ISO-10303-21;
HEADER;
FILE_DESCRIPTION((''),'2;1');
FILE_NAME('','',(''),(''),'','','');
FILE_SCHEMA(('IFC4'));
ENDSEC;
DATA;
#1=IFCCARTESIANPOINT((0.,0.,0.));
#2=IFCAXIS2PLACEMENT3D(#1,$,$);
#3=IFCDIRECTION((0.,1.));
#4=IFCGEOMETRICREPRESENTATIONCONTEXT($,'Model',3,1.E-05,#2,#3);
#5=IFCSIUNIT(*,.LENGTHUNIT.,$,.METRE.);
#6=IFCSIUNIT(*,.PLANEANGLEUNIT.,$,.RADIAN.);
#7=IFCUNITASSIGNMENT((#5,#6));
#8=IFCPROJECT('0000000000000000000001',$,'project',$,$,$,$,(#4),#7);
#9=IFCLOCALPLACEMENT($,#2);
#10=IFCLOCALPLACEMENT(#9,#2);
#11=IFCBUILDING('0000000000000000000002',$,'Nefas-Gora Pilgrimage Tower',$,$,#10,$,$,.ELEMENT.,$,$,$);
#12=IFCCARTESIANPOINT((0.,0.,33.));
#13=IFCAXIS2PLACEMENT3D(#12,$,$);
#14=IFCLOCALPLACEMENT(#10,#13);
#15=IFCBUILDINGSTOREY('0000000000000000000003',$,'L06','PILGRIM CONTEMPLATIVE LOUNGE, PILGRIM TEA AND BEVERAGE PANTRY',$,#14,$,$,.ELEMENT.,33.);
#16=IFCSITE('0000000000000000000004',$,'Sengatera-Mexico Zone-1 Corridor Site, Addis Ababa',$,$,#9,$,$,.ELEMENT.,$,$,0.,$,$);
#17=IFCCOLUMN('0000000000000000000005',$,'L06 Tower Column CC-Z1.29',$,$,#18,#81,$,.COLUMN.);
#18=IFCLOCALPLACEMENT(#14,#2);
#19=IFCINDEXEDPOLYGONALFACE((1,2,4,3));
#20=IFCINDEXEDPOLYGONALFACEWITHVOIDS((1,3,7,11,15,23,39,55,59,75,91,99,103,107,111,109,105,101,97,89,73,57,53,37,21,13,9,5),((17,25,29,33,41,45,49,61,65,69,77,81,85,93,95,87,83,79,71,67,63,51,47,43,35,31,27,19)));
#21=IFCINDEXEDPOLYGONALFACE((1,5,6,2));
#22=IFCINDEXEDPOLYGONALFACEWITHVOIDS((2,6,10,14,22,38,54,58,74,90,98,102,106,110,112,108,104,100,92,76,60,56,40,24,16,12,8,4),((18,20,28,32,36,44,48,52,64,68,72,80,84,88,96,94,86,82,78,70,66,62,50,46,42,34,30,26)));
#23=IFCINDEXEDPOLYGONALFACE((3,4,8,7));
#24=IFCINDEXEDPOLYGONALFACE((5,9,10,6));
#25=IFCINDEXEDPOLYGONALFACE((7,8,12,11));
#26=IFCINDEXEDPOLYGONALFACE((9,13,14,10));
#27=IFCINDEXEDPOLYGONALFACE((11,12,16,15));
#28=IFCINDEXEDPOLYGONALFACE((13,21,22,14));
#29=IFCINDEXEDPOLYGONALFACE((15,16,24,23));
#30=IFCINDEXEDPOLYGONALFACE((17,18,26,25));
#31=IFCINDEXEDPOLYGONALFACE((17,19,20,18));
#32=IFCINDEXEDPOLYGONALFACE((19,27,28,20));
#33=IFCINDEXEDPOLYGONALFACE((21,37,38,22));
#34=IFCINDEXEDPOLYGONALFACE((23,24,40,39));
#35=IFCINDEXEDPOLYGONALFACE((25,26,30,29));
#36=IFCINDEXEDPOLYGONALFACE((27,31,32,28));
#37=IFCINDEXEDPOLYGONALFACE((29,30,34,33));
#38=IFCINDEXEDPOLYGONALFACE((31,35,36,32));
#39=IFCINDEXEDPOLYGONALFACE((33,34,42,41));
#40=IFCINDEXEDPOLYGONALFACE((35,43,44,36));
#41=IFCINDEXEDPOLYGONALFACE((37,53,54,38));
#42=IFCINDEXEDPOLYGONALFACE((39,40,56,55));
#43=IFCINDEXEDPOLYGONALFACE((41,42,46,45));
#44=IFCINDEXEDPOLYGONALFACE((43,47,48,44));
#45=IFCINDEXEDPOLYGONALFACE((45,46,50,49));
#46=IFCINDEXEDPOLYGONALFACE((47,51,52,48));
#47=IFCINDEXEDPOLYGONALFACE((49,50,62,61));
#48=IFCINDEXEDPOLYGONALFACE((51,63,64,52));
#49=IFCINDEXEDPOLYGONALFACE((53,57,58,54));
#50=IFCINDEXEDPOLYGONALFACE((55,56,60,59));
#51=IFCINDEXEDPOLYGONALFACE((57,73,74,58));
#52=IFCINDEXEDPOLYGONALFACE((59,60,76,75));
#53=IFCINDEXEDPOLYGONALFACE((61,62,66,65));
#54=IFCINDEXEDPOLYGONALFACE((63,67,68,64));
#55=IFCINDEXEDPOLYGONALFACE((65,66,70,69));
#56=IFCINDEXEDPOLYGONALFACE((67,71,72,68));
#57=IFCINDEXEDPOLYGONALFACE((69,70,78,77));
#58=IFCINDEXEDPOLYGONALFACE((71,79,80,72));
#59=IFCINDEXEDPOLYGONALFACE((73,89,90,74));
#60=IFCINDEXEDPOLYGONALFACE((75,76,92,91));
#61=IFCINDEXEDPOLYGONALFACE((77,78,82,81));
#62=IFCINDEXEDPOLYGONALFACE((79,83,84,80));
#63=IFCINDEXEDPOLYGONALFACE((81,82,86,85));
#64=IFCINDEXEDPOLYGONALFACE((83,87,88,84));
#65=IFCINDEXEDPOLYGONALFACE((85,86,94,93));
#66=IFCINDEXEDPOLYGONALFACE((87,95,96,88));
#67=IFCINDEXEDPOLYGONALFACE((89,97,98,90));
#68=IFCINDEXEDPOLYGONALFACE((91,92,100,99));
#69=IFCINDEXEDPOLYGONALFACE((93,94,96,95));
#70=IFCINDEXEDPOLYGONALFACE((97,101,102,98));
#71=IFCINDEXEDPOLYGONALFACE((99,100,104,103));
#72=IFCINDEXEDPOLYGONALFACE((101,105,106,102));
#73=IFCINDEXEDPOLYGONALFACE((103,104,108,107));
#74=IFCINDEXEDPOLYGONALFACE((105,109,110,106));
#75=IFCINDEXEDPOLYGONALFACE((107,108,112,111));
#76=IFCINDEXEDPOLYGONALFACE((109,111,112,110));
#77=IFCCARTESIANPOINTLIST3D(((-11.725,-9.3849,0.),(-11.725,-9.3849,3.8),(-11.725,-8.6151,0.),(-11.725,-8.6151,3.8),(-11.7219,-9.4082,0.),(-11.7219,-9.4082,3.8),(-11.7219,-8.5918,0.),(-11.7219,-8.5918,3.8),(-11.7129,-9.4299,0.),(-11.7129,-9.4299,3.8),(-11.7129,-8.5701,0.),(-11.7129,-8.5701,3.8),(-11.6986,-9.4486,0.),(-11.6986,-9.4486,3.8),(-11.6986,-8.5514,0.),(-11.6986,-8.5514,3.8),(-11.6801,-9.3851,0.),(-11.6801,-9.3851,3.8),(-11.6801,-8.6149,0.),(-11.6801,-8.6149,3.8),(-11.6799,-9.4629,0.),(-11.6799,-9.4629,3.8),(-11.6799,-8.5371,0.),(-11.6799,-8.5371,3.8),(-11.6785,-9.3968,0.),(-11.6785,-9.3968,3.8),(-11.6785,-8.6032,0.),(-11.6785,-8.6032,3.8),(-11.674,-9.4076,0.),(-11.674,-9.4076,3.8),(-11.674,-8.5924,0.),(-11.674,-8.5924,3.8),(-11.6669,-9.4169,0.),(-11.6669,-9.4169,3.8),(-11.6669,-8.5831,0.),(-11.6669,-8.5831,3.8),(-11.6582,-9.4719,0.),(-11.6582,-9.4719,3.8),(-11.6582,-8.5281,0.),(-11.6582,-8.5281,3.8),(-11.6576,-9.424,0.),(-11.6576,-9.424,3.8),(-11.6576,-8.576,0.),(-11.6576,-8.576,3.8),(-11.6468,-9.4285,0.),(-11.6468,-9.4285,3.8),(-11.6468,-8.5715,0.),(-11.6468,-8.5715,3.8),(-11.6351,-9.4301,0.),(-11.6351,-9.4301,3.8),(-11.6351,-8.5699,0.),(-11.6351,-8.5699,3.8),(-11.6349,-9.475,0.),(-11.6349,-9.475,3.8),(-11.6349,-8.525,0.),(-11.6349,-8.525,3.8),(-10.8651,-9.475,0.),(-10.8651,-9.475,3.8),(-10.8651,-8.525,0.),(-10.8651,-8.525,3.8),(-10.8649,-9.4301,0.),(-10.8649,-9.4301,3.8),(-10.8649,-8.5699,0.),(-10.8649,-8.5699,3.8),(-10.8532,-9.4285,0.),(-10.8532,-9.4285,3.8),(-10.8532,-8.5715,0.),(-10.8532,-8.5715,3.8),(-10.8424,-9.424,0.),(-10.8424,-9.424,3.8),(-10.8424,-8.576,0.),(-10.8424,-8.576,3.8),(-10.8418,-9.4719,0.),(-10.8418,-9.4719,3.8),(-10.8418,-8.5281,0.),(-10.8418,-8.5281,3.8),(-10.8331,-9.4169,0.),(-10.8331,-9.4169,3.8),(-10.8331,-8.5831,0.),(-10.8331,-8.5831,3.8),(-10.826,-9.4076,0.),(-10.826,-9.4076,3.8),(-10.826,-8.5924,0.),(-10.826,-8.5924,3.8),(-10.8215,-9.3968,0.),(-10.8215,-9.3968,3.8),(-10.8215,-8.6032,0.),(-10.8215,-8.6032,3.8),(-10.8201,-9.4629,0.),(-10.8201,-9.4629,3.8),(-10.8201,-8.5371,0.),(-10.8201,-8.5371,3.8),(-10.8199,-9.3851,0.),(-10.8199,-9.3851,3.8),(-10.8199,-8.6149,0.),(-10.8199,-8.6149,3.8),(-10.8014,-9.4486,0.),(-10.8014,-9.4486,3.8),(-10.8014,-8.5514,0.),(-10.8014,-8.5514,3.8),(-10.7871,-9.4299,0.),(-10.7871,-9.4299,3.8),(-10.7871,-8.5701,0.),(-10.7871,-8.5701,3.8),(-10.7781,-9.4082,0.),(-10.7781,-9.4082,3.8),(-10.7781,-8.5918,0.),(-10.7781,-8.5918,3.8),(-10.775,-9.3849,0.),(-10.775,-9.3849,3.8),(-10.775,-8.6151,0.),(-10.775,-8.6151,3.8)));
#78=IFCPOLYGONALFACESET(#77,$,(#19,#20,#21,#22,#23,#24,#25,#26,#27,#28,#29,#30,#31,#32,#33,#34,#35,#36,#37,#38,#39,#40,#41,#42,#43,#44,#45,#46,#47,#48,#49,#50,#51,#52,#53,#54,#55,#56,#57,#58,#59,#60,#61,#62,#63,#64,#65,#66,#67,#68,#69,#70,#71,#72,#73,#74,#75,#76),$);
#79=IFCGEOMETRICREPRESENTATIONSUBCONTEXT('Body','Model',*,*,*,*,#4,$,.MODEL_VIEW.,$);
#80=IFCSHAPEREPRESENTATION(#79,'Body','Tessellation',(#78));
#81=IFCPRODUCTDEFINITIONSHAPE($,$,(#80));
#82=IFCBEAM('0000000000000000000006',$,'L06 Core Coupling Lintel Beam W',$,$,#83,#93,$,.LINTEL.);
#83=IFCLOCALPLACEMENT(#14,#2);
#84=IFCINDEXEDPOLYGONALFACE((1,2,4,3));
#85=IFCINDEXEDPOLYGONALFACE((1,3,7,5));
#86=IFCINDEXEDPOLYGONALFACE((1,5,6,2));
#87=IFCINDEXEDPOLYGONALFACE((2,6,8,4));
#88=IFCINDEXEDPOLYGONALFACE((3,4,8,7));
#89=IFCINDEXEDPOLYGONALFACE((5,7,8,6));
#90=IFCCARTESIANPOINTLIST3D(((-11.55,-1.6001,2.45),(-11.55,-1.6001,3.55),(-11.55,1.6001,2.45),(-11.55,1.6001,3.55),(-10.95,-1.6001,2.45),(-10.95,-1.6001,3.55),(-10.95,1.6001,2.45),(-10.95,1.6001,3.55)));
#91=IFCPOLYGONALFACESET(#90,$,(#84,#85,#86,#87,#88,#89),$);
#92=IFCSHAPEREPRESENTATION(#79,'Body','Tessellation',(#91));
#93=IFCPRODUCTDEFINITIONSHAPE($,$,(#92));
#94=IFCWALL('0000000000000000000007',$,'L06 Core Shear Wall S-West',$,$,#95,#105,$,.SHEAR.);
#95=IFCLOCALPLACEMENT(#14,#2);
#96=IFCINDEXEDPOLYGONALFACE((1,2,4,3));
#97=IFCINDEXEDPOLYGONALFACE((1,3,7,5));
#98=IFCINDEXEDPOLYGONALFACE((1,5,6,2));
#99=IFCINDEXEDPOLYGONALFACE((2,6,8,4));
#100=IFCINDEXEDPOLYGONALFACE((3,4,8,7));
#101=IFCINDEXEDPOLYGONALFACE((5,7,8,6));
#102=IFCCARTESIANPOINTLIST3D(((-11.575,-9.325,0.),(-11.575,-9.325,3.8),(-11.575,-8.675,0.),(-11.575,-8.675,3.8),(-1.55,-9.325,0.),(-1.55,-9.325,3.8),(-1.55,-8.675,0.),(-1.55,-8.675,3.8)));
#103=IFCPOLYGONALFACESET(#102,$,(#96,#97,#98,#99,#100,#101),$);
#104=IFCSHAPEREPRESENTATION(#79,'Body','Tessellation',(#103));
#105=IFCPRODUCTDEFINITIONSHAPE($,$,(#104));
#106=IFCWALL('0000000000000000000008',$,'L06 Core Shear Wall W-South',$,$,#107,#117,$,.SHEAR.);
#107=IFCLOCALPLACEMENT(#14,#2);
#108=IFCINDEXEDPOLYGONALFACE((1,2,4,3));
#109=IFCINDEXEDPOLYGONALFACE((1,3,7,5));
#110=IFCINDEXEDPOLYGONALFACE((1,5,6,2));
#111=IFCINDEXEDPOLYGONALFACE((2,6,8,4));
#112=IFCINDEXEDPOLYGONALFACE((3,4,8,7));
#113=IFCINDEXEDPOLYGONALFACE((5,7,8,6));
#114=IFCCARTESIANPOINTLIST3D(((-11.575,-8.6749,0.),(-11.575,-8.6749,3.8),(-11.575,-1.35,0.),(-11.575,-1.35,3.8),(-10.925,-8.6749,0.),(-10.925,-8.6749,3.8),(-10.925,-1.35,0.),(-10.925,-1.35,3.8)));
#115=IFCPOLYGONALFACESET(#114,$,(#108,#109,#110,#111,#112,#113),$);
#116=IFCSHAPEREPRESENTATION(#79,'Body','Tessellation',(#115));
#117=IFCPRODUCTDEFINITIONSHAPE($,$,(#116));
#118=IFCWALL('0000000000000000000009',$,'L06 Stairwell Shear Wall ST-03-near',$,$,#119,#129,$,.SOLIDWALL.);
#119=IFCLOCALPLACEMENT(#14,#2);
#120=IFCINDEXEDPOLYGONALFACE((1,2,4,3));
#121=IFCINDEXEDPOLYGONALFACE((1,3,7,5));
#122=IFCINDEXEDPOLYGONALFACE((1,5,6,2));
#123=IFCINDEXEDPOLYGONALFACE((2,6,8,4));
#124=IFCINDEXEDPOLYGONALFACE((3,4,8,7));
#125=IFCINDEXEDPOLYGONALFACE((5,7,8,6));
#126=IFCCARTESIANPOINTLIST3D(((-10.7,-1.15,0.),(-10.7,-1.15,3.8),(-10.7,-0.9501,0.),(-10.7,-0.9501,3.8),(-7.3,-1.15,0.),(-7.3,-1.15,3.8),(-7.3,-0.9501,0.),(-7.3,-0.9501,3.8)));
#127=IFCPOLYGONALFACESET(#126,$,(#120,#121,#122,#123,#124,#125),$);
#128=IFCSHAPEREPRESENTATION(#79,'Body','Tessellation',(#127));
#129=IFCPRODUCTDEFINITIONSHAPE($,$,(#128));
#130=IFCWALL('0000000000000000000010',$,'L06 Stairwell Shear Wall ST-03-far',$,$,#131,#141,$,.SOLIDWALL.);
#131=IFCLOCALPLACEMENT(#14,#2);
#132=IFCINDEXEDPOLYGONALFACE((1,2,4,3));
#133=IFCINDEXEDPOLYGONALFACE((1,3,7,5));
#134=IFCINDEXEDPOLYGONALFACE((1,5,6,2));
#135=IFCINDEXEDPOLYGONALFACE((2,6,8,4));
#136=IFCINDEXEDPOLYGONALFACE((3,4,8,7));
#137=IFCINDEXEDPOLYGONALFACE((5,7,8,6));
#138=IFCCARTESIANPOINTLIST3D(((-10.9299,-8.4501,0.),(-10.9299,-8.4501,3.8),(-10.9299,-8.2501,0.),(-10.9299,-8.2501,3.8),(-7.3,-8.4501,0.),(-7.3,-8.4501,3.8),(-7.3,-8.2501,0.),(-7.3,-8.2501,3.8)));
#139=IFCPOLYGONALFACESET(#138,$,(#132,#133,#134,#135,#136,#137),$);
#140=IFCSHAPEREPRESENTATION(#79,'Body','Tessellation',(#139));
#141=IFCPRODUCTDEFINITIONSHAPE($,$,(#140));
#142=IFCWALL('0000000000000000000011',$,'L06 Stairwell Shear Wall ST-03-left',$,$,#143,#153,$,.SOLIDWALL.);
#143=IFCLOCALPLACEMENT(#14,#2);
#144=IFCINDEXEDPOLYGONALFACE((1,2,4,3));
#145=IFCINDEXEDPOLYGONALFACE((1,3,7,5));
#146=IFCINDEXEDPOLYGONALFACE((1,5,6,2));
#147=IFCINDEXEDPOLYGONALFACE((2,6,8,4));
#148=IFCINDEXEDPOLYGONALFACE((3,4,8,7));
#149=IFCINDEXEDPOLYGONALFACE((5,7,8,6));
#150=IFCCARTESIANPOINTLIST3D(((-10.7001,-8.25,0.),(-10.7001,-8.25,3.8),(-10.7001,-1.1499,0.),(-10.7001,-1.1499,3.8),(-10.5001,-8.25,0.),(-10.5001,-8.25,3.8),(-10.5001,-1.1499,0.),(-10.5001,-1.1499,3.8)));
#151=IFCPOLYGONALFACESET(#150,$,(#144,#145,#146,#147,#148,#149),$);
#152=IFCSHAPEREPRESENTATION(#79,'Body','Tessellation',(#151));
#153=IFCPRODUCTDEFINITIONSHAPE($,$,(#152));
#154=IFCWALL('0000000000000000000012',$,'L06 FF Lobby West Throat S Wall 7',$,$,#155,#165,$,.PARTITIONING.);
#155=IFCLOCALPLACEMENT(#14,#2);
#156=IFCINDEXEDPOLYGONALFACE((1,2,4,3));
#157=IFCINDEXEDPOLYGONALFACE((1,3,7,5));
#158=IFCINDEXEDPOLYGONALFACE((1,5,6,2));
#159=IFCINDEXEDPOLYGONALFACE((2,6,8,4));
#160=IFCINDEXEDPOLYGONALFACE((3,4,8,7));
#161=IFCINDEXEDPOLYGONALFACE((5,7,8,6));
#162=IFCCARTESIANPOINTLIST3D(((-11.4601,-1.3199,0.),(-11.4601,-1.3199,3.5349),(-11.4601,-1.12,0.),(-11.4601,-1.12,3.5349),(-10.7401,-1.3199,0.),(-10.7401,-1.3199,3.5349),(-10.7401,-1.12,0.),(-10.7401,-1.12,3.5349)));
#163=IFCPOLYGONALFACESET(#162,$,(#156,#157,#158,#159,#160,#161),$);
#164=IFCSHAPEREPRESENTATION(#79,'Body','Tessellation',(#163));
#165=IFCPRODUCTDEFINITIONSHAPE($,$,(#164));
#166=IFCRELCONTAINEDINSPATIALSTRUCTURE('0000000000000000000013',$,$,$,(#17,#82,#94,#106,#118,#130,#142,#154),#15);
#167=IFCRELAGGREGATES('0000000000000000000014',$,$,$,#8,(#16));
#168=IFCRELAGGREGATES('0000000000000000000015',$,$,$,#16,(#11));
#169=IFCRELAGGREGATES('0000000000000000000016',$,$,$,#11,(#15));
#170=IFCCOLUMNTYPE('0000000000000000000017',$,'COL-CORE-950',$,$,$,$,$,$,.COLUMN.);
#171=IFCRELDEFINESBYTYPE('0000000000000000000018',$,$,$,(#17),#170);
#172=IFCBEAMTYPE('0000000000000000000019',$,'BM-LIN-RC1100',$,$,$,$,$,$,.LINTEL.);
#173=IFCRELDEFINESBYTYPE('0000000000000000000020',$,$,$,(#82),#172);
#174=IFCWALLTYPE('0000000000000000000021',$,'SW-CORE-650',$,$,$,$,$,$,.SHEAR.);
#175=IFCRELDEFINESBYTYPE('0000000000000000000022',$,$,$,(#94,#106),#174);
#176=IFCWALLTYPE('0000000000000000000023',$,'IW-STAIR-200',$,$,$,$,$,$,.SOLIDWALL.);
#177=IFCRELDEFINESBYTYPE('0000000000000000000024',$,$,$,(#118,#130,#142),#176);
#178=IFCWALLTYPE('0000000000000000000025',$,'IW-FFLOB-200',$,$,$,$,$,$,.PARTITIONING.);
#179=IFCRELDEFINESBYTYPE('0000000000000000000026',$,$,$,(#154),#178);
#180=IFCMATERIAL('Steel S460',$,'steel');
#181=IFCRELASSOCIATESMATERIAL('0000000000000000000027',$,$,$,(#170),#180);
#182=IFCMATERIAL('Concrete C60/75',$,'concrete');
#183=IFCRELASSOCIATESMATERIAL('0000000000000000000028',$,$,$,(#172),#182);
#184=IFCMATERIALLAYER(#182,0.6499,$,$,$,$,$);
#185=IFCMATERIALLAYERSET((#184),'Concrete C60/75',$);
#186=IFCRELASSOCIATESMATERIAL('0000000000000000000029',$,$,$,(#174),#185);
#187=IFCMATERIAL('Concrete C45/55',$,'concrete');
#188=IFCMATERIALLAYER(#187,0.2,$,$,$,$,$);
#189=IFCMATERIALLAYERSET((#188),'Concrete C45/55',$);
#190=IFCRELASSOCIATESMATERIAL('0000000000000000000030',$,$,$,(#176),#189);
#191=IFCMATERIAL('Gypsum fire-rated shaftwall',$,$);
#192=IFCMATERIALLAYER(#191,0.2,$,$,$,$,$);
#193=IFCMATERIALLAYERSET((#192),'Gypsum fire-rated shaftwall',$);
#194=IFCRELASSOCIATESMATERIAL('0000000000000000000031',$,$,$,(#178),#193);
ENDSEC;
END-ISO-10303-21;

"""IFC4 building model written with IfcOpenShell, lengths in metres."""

from ifc_helpers import new_model, si_unit, direction, frame, frame_2d, origin, origin_2d, place, context, subcontext, project, spatial, rectangle, hollow_rectangle, extrude, source, transform, mapped, material, layer, layer_set, material_profile, profile_set, type_object, element, save


model = new_model("IFC4")

# Units and contexts
model_context = context("Model", 3, precision=1e-05, world=origin(), true_north=direction((0.0, 1.0)))
body_context = subcontext(model_context, "Body", "Model", "MODEL_VIEW")
ifc_project = project(units=[si_unit("LENGTHUNIT", "METRE"), si_unit("PLANEANGLEUNIT", "RADIAN")], contexts=[model_context])

# Site, building, storey
site_placement = place(None, origin())
site = spatial("IfcSite", under=ifc_project, at=site_placement, Name="Sengatera-Mexico Zone-1 Corridor Site, Addis Ababa", CompositionType="ELEMENT", RefElevation=0.0)
building_placement = place(site_placement, origin())
building = spatial("IfcBuilding", under=site, at=building_placement, Name="Nefas-Gora Pilgrimage Tower", CompositionType="ELEMENT")
storey_placement = place(building_placement, frame((0.0, 0.0, 33.0)))
storey = spatial("IfcBuildingStorey", under=building, at=storey_placement, Name="L06", Description="PILGRIM CONTEMPLATIVE LOUNGE, PILGRIM TEA AND BEVERAGE PANTRY", CompositionType="ELEMENT", Elevation=33.0)

# Column
ifc_material_1 = material(Name="Steel S460", Category="steel")
ifc_material_profile_1 = material_profile(ifc_material_1, hollow_rectangle(XDim=0.95, YDim=0.95, WallThickness=0.0449, InnerFilletRadius=0.0449, OuterFilletRadius=0.0901, at=origin_2d()), Name="BOX 950x950x45")
ifc_profile_set_1 = profile_set([ifc_material_profile_1], Name="Steel S460")
column_type = type_object("IfcColumnType", Name="COL-CORE-950", PredefinedType="COLUMN", material=ifc_profile_set_1)
shared_shape_1 = source(origin(), body_context, "Body", "SweptSolid", [
    extrude(hollow_rectangle(XDim=0.95, YDim=0.95, WallThickness=0.0449, InnerFilletRadius=0.0449, OuterFilletRadius=0.0901, at=origin_2d()), origin(), (0.0, 0.0, 1.0), 3.8),
])
column_placement = place(storey_placement, frame((-11.25, -9.0, 0.0), z_axis=(0.0, 0.0, 1.0), x_axis=(1.0, 0.0, 0.0)))
element("IfcColumn", 1, at=column_placement, inside=storey, type_object=column_type, Name="L06 Tower Column CC-Z1.29", PredefinedType="COLUMN", context=body_context, shape_type="MappedRepresentation", body=[
    mapped(shared_shape_1, transform((0.0, 0.0, 0.0), x_axis=(1.0, 0.0, 0.0), y_axis=(0.0, 1.0, 0.0), z_axis=(0.0, 0.0, 1.0), scale=1.0)),
])

# Beam
ifc_material_2 = material(Name="Concrete C60/75", Category="concrete")
ifc_material_profile_2 = material_profile(ifc_material_2, rectangle(XDim=0.6001, YDim=1.1001, at=origin_2d()), Name="RC 600x1100")
ifc_profile_set_2 = profile_set([ifc_material_profile_2], Name="Concrete C60/75")
beam_type = type_object("IfcBeamType", Name="BM-LIN-RC1100", PredefinedType="LINTEL", material=ifc_profile_set_2)
shared_shape_2 = source(origin(), body_context, "Body", "SweptSolid", [
    extrude(rectangle(XDim=0.6001, YDim=1.1001, at=origin_2d()), origin(), (0.0, 0.0, 1.0), 3.2002),
])
beam_placement = place(storey_placement, frame((-11.25, -1.6001, 3.0), z_axis=(0.0, 1.0, 0.0), x_axis=(-1.0, 0.0, 0.0)))
element("IfcBeam", 2, at=beam_placement, inside=storey, type_object=beam_type, Name="L06 Core Coupling Lintel Beam W", PredefinedType="LINTEL", context=body_context, shape_type="MappedRepresentation", body=[
    mapped(shared_shape_2, transform((0.0, 0.0, 0.0), x_axis=(1.0, 0.0, 0.0), y_axis=(0.0, 1.0, 0.0), z_axis=(0.0, 0.0, 1.0), scale=1.0)),
])

# Walls
ifc_layer_1 = layer(ifc_material_2, 0.6499)
ifc_layer_set_1 = layer_set([ifc_layer_1], Name="Concrete C60/75")
wall_type_1 = type_object("IfcWallType", Name="SW-CORE-650", PredefinedType="SHEAR", material=ifc_layer_set_1)
shared_shape_3 = source(origin(), body_context, "Body", "SweptSolid", [
    extrude(rectangle(XDim=10.0249, YDim=0.6499, at=frame_2d((5.0125, 0.0))), origin(), (0.0, 0.0, 1.0), 3.8),
])
wall_1_placement = place(storey_placement, frame((-11.575, -9.0, 0.0), z_axis=(0.0, 0.0, 1.0), x_axis=(1.0, 0.0, 0.0)))
element("IfcWall", 3, at=wall_1_placement, inside=storey, type_object=wall_type_1, Name="L06 Core Shear Wall S-West", PredefinedType="SHEAR", context=body_context, shape_type="MappedRepresentation", body=[
    mapped(shared_shape_3, transform((0.0, 0.0, 0.0), x_axis=(1.0, 0.0, 0.0), y_axis=(0.0, 1.0, 0.0), z_axis=(0.0, 0.0, 1.0), scale=1.0)),
])
shared_shape_4 = source(origin(), body_context, "Body", "SweptSolid", [
    extrude(rectangle(XDim=7.325, YDim=0.6499, at=frame_2d((3.6626, 0.0))), origin(), (0.0, 0.0, 1.0), 3.8),
])
wall_2_placement = place(storey_placement, frame((-11.25, -8.675, 0.0), z_axis=(0.0, 0.0, 1.0), x_axis=(0.0, 1.0, 0.0)))
element("IfcWall", 4, at=wall_2_placement, inside=storey, type_object=wall_type_1, Name="L06 Core Shear Wall W-South", PredefinedType="SHEAR", context=body_context, shape_type="MappedRepresentation", body=[
    mapped(shared_shape_4, transform((0.0, 0.0, 0.0), x_axis=(1.0, 0.0, 0.0), y_axis=(0.0, 1.0, 0.0), z_axis=(0.0, 0.0, 1.0), scale=1.0)),
])
ifc_material_3 = material(Name="Concrete C45/55", Category="concrete")
ifc_layer_2 = layer(ifc_material_3, 0.2)
ifc_layer_set_2 = layer_set([ifc_layer_2], Name="Concrete C45/55")
wall_type_2 = type_object("IfcWallType", Name="IW-STAIR-200", PredefinedType="SOLIDWALL", material=ifc_layer_set_2)
shared_shape_5 = source(origin(), body_context, "Body", "SweptSolid", [
    extrude(rectangle(XDim=3.3999, YDim=0.2, at=frame_2d((1.7, 0.0))), origin(), (0.0, 0.0, 1.0), 3.8),
])
wall_3_placement = place(storey_placement, frame((-10.7, -1.05, 0.0), z_axis=(0.0, 0.0, 1.0), x_axis=(1.0, 0.0, 0.0)))
element("IfcWall", 5, at=wall_3_placement, inside=storey, type_object=wall_type_2, Name="L06 Stairwell Shear Wall ST-03-near", PredefinedType="SOLIDWALL", context=body_context, shape_type="MappedRepresentation", body=[
    mapped(shared_shape_5, transform((0.0, 0.0, 0.0), x_axis=(1.0, 0.0, 0.0), y_axis=(0.0, 1.0, 0.0), z_axis=(0.0, 0.0, 1.0), scale=1.0)),
])
shared_shape_6 = source(origin(), body_context, "Body", "SweptSolid", [
    extrude(rectangle(XDim=3.6299, YDim=0.2, at=frame_2d((1.8149, 0.0))), origin(), (0.0, 0.0, 1.0), 3.8),
])
wall_4_placement = place(storey_placement, frame((-10.9299, -8.3501, 0.0), z_axis=(0.0, 0.0, 1.0), x_axis=(1.0, 0.0, 0.0)))
element("IfcWall", 6, at=wall_4_placement, inside=storey, type_object=wall_type_2, Name="L06 Stairwell Shear Wall ST-03-far", PredefinedType="SOLIDWALL", context=body_context, shape_type="MappedRepresentation", body=[
    mapped(shared_shape_6, transform((0.0, 0.0, 0.0), x_axis=(1.0, 0.0, 0.0), y_axis=(0.0, 1.0, 0.0), z_axis=(0.0, 0.0, 1.0), scale=1.0)),
])
shared_shape_7 = source(origin(), body_context, "Body", "SweptSolid", [
    extrude(rectangle(XDim=7.1001, YDim=0.2, at=frame_2d((3.55, 0.0))), origin(), (0.0, 0.0, 1.0), 3.8),
])
wall_5_placement = place(storey_placement, frame((-10.6001, -1.1499, 0.0), z_axis=(0.0, 0.0, 1.0), x_axis=(0.0, -1.0, 0.0)))
element("IfcWall", 7, at=wall_5_placement, inside=storey, type_object=wall_type_2, Name="L06 Stairwell Shear Wall ST-03-left", PredefinedType="SOLIDWALL", context=body_context, shape_type="MappedRepresentation", body=[
    mapped(shared_shape_7, transform((0.0, 0.0, 0.0), x_axis=(1.0, 0.0, 0.0), y_axis=(0.0, 1.0, 0.0), z_axis=(0.0, 0.0, 1.0), scale=1.0)),
])

# Shared definitions
ifc_material_4 = material(Name="Gypsum fire-rated shaftwall")
ifc_layer_3 = layer(ifc_material_4, 0.2)
ifc_layer_set_3 = layer_set([ifc_layer_3], Name="Gypsum fire-rated shaftwall")
wall_type_3 = type_object("IfcWallType", Name="IW-FFLOB-200", PredefinedType="PARTITIONING", material=ifc_layer_set_3)

# Wall
shared_shape_8 = source(origin(), body_context, "Body", "SweptSolid", [
    extrude(rectangle(XDim=0.72, YDim=0.2, at=frame_2d((0.3599, 0.0))), origin(), (0.0, 0.0, 1.0), 3.5349),
])
wall_6_placement = place(storey_placement, frame((-11.46, -1.22, 0.0), z_axis=(0.0, 0.0, 1.0), x_axis=(1.0, 0.0, 0.0)))
element("IfcWall", 8, at=wall_6_placement, inside=storey, type_object=wall_type_3, Name="L06 FF Lobby West Throat S Wall 7", PredefinedType="PARTITIONING", context=body_context, shape_type="MappedRepresentation", body=[
    mapped(shared_shape_8, transform((0.0, 0.0, 0.0), x_axis=(1.0, 0.0, 0.0), y_axis=(0.0, 1.0, 0.0), z_axis=(0.0, 0.0, 1.0), scale=1.0)),
])

save(model, "model.ifc")
